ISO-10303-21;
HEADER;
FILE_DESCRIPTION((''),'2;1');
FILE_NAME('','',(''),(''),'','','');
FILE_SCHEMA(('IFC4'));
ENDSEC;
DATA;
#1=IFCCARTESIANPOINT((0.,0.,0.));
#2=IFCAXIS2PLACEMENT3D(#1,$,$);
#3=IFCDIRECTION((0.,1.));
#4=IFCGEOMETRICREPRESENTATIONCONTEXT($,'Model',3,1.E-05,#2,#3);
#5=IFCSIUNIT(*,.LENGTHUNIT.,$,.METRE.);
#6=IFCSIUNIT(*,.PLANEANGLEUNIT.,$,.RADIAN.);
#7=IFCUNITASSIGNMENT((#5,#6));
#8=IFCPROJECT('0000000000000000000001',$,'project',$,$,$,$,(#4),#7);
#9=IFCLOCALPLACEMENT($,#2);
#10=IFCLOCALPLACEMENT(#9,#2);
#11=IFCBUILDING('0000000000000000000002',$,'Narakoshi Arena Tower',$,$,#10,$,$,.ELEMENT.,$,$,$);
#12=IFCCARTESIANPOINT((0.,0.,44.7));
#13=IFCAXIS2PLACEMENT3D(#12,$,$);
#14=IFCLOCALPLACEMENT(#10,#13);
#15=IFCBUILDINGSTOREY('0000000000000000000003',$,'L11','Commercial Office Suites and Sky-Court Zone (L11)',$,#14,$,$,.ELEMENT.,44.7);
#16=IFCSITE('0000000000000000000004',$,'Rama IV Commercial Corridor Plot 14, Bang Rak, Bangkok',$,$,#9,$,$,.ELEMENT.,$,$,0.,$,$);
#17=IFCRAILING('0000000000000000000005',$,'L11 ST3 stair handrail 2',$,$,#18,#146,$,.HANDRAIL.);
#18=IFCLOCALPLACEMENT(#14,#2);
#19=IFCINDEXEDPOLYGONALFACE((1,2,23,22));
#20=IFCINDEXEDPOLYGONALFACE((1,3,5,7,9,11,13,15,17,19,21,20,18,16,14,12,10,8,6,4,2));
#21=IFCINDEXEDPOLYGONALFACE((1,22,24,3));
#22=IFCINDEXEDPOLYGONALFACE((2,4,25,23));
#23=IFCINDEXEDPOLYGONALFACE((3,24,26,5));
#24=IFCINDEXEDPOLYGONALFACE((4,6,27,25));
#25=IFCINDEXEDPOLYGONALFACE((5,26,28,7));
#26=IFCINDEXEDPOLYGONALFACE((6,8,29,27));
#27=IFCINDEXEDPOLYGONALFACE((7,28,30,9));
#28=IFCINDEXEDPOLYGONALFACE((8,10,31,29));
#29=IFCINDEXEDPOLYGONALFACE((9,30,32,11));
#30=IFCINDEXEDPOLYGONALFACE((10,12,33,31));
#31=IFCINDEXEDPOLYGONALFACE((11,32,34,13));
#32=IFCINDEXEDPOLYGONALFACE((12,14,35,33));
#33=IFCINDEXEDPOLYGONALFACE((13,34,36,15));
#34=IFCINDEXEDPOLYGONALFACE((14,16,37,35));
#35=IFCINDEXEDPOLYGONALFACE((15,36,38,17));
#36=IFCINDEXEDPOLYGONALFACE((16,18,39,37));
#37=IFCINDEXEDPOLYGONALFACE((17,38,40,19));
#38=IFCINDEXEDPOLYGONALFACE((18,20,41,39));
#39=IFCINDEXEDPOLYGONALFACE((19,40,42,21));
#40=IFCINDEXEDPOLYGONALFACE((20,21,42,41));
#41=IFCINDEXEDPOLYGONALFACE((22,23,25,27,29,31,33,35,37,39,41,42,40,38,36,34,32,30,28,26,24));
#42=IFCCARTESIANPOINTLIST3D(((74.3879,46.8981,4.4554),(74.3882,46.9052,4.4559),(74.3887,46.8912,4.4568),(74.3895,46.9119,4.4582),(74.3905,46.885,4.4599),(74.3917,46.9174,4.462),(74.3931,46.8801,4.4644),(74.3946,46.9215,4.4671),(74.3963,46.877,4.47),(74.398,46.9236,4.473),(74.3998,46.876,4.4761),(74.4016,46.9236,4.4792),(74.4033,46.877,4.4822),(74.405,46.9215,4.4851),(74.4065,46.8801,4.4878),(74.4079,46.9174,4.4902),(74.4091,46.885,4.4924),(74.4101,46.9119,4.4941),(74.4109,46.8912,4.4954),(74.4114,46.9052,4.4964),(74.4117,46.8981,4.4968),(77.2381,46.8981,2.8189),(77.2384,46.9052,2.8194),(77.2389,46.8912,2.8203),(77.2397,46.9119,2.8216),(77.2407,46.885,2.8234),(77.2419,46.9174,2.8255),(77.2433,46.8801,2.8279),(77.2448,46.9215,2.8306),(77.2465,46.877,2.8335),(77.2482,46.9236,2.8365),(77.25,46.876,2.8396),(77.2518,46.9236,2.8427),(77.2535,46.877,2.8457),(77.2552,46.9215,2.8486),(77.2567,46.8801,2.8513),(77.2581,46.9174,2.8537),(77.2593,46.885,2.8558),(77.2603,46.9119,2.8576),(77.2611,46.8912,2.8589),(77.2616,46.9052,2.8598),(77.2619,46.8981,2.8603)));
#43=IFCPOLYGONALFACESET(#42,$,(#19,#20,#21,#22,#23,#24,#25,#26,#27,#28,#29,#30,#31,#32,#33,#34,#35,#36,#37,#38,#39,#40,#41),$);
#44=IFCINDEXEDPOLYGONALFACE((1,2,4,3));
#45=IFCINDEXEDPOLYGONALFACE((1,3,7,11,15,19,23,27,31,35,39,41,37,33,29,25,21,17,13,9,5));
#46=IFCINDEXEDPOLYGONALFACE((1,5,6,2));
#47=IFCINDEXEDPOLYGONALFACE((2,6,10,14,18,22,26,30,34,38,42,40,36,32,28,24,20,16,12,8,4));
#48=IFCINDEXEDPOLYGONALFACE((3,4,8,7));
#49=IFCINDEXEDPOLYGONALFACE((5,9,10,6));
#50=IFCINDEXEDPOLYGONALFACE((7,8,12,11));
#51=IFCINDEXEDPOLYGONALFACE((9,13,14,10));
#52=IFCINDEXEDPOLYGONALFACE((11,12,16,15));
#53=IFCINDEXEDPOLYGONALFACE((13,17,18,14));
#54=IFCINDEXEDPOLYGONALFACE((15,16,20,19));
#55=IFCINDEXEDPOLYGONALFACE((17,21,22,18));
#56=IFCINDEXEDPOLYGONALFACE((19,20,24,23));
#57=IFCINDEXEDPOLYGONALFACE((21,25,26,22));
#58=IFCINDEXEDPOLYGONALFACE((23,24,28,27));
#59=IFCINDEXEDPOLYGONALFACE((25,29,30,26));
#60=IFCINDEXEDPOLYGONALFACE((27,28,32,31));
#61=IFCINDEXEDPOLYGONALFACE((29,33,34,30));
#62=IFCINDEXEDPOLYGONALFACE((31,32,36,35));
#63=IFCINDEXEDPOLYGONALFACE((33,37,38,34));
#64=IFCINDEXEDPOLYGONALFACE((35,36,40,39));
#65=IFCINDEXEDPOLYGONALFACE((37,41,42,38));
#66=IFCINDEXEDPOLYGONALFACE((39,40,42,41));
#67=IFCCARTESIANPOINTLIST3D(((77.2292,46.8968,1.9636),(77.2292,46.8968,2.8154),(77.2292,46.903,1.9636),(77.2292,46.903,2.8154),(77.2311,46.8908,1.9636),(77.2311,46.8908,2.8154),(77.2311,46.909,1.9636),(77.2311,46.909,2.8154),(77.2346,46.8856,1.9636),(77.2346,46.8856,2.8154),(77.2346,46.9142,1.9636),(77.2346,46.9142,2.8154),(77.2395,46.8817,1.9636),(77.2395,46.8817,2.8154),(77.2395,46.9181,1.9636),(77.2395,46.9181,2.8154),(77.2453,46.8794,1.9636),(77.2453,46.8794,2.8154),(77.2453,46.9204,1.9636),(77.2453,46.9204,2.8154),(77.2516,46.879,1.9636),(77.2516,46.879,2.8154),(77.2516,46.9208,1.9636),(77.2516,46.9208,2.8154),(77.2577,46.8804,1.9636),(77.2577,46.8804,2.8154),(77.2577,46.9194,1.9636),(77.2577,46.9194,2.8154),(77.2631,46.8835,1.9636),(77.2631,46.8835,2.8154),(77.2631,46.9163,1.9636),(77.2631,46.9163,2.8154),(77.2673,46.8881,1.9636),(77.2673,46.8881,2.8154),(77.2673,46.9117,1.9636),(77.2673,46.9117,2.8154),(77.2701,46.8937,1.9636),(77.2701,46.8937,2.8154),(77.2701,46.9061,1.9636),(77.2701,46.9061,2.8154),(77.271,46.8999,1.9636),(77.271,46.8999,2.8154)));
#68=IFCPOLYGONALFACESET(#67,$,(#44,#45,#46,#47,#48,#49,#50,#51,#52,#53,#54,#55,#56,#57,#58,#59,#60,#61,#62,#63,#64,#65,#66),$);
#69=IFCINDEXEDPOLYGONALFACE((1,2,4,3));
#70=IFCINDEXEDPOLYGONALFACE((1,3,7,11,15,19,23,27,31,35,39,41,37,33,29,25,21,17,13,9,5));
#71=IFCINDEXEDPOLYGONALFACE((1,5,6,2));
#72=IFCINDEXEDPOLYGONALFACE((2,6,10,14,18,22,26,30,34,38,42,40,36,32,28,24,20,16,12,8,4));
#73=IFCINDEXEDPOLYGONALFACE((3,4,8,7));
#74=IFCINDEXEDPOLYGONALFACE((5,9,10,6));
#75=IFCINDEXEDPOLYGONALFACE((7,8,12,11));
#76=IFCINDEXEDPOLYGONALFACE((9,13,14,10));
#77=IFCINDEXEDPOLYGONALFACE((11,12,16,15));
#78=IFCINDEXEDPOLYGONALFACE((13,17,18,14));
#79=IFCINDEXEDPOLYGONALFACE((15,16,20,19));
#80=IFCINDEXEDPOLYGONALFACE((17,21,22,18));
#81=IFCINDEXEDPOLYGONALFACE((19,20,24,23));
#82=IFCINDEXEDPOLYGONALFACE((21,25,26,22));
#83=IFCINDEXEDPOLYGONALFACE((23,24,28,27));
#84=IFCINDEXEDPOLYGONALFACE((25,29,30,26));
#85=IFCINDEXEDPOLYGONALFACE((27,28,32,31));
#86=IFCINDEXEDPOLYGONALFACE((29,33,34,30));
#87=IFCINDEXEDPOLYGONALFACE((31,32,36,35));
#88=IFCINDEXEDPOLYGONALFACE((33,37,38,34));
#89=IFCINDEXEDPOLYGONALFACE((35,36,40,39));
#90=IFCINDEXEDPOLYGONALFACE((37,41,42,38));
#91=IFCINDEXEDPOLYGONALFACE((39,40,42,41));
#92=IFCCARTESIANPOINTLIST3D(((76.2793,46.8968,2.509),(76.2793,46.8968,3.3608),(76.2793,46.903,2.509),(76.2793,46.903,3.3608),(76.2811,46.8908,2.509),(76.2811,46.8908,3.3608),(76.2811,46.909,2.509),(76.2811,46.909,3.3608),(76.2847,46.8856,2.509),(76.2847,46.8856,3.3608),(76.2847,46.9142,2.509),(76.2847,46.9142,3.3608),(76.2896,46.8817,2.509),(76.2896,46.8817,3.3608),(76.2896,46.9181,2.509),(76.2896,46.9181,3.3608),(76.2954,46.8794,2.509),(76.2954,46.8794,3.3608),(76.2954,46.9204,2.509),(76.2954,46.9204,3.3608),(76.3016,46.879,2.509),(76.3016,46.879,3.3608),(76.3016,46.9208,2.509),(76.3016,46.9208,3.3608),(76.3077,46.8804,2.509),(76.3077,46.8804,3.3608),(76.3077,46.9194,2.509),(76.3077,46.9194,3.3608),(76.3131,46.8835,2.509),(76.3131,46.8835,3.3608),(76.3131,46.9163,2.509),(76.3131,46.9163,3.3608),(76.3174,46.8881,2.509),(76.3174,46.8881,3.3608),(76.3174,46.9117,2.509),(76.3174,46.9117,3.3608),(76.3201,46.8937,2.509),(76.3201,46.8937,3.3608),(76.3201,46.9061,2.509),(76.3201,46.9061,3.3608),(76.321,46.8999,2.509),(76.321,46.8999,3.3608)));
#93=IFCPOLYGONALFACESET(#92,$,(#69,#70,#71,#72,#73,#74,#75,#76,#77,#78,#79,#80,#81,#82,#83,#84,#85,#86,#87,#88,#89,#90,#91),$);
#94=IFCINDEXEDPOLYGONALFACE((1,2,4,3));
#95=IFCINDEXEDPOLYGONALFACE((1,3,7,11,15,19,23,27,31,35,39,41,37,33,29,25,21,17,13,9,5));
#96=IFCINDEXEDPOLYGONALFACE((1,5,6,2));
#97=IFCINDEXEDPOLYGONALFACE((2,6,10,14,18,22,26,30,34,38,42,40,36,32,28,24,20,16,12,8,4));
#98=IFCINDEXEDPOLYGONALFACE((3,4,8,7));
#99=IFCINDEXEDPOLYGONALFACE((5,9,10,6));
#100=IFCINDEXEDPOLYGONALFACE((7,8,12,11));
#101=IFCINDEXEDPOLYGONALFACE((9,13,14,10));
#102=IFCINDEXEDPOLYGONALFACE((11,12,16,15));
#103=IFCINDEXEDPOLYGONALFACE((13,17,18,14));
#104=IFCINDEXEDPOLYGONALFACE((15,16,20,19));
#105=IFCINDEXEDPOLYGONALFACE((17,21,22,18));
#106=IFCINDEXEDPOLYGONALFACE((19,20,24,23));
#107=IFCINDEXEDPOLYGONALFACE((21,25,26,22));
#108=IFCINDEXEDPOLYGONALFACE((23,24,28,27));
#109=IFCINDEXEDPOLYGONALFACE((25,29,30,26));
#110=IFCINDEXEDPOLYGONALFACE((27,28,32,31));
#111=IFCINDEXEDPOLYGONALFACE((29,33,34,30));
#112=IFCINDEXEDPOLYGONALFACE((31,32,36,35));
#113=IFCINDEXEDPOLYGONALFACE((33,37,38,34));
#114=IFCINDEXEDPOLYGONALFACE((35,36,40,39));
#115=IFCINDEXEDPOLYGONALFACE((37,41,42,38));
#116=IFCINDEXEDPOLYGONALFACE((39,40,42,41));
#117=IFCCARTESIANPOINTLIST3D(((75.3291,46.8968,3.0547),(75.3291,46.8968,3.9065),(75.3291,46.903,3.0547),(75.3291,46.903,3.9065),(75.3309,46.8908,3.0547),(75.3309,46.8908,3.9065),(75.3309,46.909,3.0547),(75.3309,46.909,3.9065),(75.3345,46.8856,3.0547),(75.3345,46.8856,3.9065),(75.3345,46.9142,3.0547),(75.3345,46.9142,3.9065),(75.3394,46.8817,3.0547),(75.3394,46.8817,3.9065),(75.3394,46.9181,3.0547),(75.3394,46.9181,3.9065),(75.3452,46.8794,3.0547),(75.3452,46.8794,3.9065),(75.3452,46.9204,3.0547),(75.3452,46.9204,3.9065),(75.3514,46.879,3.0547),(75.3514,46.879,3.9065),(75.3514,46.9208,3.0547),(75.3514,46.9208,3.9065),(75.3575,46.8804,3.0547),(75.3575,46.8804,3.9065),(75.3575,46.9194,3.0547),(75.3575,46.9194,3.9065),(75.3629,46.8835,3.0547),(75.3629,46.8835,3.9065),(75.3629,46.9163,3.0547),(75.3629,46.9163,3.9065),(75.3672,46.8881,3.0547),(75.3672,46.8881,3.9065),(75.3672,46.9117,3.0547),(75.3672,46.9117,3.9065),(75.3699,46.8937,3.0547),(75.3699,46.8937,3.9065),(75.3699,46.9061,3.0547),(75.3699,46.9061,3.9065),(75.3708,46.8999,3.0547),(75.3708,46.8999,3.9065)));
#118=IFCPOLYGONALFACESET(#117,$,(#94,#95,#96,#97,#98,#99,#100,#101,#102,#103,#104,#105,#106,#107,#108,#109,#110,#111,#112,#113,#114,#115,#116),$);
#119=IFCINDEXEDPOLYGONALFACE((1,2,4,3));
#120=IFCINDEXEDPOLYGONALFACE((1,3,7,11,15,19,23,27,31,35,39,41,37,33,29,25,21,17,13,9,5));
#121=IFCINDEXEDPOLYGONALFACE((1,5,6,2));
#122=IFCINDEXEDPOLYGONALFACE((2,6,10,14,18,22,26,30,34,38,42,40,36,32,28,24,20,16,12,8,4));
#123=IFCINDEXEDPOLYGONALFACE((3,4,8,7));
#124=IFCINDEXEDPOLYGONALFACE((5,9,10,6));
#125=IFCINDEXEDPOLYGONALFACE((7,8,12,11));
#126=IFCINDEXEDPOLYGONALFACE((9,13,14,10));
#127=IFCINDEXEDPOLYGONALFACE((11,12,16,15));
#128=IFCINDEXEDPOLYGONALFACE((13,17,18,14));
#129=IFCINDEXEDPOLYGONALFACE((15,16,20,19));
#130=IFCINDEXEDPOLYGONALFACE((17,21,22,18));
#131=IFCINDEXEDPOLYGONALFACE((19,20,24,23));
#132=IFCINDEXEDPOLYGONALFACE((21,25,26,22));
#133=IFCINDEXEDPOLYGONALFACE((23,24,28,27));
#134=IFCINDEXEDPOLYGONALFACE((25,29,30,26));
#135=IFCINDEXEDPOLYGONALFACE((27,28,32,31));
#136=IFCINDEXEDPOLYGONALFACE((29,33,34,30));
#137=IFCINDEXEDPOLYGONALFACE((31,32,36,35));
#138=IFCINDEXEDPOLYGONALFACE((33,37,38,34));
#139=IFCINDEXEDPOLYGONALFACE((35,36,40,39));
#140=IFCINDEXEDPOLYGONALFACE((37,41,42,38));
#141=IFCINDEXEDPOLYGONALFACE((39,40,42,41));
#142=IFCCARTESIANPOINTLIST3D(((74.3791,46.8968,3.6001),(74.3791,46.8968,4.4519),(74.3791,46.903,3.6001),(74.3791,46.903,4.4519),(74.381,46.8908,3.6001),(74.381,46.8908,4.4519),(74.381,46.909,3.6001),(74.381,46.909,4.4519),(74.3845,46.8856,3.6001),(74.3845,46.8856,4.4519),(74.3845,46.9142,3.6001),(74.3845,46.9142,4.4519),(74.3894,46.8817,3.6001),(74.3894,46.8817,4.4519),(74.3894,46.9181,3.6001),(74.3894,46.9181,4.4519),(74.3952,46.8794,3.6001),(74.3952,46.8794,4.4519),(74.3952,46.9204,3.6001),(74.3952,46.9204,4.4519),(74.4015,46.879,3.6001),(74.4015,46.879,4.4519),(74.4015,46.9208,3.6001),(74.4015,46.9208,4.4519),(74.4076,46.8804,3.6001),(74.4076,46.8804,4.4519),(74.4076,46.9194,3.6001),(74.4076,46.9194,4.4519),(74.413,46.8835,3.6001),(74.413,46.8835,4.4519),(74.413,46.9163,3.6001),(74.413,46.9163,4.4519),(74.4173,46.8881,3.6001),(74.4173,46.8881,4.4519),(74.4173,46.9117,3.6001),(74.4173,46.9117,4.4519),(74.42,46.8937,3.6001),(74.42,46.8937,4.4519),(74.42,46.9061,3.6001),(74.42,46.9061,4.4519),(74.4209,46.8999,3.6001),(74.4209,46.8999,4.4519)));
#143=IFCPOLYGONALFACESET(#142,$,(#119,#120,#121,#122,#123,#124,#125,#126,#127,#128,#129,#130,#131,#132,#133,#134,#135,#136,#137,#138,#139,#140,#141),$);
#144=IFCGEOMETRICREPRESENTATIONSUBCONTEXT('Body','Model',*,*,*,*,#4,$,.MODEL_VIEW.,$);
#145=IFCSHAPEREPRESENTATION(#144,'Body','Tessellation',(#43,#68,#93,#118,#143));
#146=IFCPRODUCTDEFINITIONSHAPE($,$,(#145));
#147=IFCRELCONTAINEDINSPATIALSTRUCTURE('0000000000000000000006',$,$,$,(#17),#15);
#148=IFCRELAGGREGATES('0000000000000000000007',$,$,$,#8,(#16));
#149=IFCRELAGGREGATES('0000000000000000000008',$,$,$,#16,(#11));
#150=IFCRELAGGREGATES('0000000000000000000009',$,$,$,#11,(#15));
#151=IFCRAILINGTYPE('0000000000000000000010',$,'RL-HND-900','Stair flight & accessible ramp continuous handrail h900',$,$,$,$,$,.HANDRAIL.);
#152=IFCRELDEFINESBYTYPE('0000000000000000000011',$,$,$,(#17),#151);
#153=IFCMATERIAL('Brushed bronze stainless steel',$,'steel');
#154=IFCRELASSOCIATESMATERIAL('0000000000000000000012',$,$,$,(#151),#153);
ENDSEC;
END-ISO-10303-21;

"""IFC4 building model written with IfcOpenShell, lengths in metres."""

from ifc_helpers import new_model, si_unit, direction, frame, origin, origin_2d, place, context, subcontext, project, spatial, circle, extrude, material, type_object, element, save


model = new_model("IFC4")

# Units and contexts
model_context = context("Model", 3, precision=1e-05, world=origin(), true_north=direction((0.0, 1.0)))
body_context = subcontext(model_context, "Body", "Model", "MODEL_VIEW")
ifc_project = project(units=[si_unit("LENGTHUNIT", "METRE"), si_unit("PLANEANGLEUNIT", "RADIAN")], contexts=[model_context])

# Site, building, storey
site_placement = place(None, origin())
site = spatial("IfcSite", under=ifc_project, at=site_placement, Name="Rama IV Commercial Corridor Plot 14, Bang Rak, Bangkok", CompositionType="ELEMENT", RefElevation=0.0)
building_placement = place(site_placement, origin())
building = spatial("IfcBuilding", under=site, at=building_placement, Name="Narakoshi Arena Tower", CompositionType="ELEMENT")
storey_placement = place(building_placement, frame((0.0, 0.0, 44.7)))
storey = spatial("IfcBuildingStorey", under=building, at=storey_placement, Name="L11", Description="Commercial Office Suites and Sky-Court Zone (L11)", CompositionType="ELEMENT", Elevation=44.7)

# Shared definitions
ifc_material_1 = material(Name="Brushed bronze stainless steel", Category="steel")

# Railing
railing_type_1 = type_object("IfcRailingType", Name="RL-HND-900", Description="Stair flight & accessible ramp continuous handrail h900", PredefinedType="HANDRAIL", material=ifc_material_1)
railing_1_placement = place(storey_placement, frame((77.25, 46.8999, 1.9636)))
element("IfcRailing", 1, at=railing_1_placement, inside=storey, type_object=railing_type_1, Name="L11 ST3 stair handrail 2", PredefinedType="HANDRAIL", context=body_context, shape_type="SweptSolid", body=[
    extrude(circle(Radius=0.0239, at=origin_2d()), frame((0.0, 0.0, 0.876), z_axis=(-0.867213, 0.0, 0.497938), x_axis=(0.0, -1.0, 0.0)), (0.0, 0.0, 1.0), 3.2866),
    extrude(circle(Radius=0.021, at=origin_2d()), origin(), (0.0, 0.0, 1.0), 0.8518),
    extrude(circle(Radius=0.021, at=origin_2d()), frame((-0.95, 0.0, 0.5454)), (0.0, 0.0, 1.0), 0.8518),
    extrude(circle(Radius=0.021, at=origin_2d()), frame((-1.9001, 0.0, 1.0911)), (0.0, 0.0, 1.0), 0.8518),
    extrude(circle(Radius=0.021, at=origin_2d()), frame((-2.8501, 0.0, 1.6365)), (0.0, 0.0, 1.0), 0.8518),
])

save(model, "model.ifc")
